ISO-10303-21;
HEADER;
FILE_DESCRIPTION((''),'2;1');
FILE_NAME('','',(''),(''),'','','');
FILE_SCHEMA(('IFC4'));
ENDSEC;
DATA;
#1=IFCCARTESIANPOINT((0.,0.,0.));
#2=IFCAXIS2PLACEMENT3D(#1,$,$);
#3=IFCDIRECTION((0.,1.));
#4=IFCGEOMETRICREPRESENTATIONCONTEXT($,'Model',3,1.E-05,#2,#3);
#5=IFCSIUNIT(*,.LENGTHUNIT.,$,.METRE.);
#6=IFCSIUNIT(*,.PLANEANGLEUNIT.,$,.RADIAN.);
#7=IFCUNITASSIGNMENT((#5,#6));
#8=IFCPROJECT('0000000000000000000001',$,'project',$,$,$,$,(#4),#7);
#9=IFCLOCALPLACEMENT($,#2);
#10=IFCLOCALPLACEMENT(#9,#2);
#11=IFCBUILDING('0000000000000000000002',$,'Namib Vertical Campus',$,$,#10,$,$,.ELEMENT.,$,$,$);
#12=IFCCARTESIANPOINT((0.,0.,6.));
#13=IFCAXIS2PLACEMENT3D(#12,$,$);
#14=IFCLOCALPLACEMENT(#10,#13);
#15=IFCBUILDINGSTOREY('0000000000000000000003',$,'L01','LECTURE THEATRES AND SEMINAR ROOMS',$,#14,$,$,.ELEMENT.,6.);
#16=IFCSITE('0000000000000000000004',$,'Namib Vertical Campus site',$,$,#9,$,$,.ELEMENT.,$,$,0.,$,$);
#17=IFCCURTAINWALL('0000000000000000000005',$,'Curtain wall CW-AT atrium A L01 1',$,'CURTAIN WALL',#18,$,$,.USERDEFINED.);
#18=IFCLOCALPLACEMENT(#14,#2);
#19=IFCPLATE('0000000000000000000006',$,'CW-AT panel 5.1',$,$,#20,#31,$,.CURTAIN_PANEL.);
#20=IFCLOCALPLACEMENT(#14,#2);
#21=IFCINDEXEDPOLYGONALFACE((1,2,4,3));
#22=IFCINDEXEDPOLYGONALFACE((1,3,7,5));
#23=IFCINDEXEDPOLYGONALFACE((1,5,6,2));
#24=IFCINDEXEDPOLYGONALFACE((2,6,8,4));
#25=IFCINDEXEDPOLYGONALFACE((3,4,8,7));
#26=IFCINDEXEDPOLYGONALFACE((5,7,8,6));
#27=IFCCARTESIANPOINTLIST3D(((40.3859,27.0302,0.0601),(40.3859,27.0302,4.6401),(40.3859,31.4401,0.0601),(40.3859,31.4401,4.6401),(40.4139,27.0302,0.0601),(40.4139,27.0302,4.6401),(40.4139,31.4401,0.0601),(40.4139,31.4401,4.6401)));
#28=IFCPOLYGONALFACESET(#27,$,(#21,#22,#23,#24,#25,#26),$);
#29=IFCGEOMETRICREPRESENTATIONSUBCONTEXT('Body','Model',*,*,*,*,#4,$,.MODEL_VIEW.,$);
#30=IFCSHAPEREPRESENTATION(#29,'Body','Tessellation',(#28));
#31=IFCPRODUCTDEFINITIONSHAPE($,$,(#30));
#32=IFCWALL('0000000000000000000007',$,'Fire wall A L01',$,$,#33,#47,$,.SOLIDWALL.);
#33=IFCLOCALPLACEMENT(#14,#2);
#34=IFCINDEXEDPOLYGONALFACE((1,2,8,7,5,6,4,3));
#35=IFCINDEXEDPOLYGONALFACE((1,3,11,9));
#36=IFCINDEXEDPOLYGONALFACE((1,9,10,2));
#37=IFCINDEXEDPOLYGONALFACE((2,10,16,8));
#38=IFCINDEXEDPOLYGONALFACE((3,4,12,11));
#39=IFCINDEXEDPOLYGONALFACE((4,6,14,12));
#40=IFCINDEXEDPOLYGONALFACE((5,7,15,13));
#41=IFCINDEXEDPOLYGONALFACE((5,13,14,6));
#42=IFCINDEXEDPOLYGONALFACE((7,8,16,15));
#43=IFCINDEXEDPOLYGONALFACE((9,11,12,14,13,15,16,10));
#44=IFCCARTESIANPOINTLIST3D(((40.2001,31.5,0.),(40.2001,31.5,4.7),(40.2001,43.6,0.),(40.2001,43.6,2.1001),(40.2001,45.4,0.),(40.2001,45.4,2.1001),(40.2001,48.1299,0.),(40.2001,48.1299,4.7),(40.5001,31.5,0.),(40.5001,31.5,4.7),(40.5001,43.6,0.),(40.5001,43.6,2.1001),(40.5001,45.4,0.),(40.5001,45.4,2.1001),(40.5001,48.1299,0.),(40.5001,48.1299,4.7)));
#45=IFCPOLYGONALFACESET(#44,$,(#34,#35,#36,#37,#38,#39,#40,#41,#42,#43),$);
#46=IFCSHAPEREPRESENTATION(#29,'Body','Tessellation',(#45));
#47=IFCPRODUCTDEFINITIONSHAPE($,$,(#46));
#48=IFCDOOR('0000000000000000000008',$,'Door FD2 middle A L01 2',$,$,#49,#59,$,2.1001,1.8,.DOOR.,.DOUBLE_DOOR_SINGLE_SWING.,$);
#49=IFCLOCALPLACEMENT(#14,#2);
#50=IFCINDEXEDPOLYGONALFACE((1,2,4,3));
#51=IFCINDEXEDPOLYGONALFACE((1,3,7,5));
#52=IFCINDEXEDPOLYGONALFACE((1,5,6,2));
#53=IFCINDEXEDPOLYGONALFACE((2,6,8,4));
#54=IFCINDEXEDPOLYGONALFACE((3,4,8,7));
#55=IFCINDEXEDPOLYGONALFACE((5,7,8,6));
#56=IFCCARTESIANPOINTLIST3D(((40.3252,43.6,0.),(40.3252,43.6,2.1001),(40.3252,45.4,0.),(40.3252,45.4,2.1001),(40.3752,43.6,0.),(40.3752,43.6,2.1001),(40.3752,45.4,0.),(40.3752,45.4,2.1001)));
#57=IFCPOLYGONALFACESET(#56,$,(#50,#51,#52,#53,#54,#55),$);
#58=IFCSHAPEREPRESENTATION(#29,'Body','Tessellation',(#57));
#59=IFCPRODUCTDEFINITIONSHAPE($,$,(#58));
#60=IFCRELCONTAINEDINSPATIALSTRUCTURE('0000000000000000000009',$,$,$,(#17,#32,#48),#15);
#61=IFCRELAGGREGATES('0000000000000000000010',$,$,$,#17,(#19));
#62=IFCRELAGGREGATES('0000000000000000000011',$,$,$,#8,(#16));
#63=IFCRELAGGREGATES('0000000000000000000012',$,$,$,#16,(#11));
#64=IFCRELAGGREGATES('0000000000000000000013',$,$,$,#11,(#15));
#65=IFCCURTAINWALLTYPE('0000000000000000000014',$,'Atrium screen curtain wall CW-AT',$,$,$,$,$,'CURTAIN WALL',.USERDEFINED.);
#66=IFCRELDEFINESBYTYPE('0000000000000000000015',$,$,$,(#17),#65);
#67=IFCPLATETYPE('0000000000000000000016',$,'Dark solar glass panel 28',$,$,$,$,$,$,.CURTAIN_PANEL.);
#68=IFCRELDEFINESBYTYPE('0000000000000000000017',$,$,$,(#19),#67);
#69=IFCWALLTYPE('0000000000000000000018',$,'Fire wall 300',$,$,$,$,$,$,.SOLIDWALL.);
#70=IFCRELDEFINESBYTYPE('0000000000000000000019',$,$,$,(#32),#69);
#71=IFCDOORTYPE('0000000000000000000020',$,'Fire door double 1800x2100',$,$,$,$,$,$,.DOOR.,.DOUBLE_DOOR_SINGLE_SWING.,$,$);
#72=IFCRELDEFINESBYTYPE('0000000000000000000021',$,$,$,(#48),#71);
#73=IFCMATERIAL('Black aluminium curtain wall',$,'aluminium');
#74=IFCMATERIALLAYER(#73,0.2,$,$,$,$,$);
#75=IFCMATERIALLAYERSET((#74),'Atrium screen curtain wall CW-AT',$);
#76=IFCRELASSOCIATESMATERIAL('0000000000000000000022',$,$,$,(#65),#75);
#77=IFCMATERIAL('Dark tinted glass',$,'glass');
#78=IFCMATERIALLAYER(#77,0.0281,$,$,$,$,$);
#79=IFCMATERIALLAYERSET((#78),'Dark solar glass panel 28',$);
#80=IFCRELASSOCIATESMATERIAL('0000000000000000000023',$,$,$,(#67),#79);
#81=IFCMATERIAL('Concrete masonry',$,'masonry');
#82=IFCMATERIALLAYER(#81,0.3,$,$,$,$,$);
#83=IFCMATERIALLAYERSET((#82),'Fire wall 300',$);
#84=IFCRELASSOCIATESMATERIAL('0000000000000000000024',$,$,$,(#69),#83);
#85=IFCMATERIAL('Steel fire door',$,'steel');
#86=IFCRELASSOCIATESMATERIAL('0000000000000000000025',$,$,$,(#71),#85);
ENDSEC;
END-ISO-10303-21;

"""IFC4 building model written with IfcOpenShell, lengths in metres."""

from ifc_helpers import new_model, si_unit, direction, frame, frame_2d, origin, origin_2d, place, context, subcontext, project, spatial, rectangle, extrude, material, layer, layer_set, type_object, element, fill, aggregate, save


model = new_model("IFC4")

# Units and contexts
model_context = context("Model", 3, precision=1e-05, world=origin(), true_north=direction((0.0, 1.0)))
body_context = subcontext(model_context, "Body", "Model", "MODEL_VIEW")
ifc_project = project(units=[si_unit("LENGTHUNIT", "METRE"), si_unit("PLANEANGLEUNIT", "RADIAN")], contexts=[model_context])

# Site, building, storey
site_placement = place(None, origin())
site = spatial("IfcSite", under=ifc_project, at=site_placement, Name="Namib Vertical Campus site", CompositionType="ELEMENT", RefElevation=0.0)
building_placement = place(site_placement, origin())
building = spatial("IfcBuilding", under=site, at=building_placement, Name="Namib Vertical Campus", CompositionType="ELEMENT")
storey_placement = place(building_placement, frame((0.0, 0.0, 6.0)))
storey = spatial("IfcBuildingStorey", under=building, at=storey_placement, Name="L01", Description="LECTURE THEATRES AND SEMINAR ROOMS", CompositionType="ELEMENT", Elevation=6.0)

# Curtain wall
ifc_material_1 = material(Name="Black aluminium curtain wall", Category="aluminium")
ifc_layer_1 = layer(ifc_material_1, 0.2)
ifc_layer_set_1 = layer_set([ifc_layer_1], Name="Atrium screen curtain wall CW-AT")
curtain_wall_type = type_object("IfcCurtainWallType", Name="Atrium screen curtain wall CW-AT", ElementType="CURTAIN WALL", PredefinedType="USERDEFINED", material=ifc_layer_set_1)
curtain_wall_placement = place(storey_placement, origin())
curtain_wall = element("IfcCurtainWall", 1, at=curtain_wall_placement, inside=storey, type_object=curtain_wall_type, Name="Curtain wall CW-AT atrium A L01 1", ObjectType="CURTAIN WALL", PredefinedType="USERDEFINED")

# Plate
ifc_material_2 = material(Name="Dark tinted glass", Category="glass")
ifc_layer_2 = layer(ifc_material_2, 0.0281)
ifc_layer_set_2 = layer_set([ifc_layer_2], Name="Dark solar glass panel 28")
plate_type = type_object("IfcPlateType", Name="Dark solar glass panel 28", PredefinedType="CURTAIN_PANEL", material=ifc_layer_set_2)
plate_1_placement = place(storey_placement, frame((40.3999, 29.2351, 0.0601), z_axis=(0.0, 0.0, 1.0), x_axis=(0.0, 1.0, 0.0)))
plate_1 = element("IfcPlate", 2, at=plate_1_placement, type_object=plate_type, Name="CW-AT panel 5.1", PredefinedType="CURTAIN_PANEL", context=body_context, shape_type="SweptSolid", body=[
    extrude(rectangle(XDim=4.4099, YDim=0.0281, at=origin_2d()), origin(), (0.0, 0.0, 1.0), 4.5801),
])
aggregate(curtain_wall, [plate_1])

# Wall, opening, door
ifc_material_3 = material(Name="Concrete masonry", Category="masonry")
ifc_layer_3 = layer(ifc_material_3, 0.3)
ifc_layer_set_3 = layer_set([ifc_layer_3], Name="Fire wall 300")
wall_type = type_object("IfcWallType", Name="Fire wall 300", PredefinedType="SOLIDWALL", material=ifc_layer_set_3)
wall_placement = place(storey_placement, frame((40.3501, 31.5, 0.0), z_axis=(0.0, 0.0, 1.0), x_axis=(0.0, 1.0, 0.0)))
wall = element("IfcWall", 3, at=wall_placement, inside=storey, type_object=wall_type, Name="Fire wall A L01", PredefinedType="SOLIDWALL", context=body_context, shape_type="SweptSolid", body=[
    extrude(rectangle(XDim=16.6299, YDim=0.3, at=frame_2d((8.3149, 0.0))), origin(), (0.0, 0.0, 1.0), 4.7),
])
opening_placement = place(wall_placement, frame((12.1001, 0.0, 0.0)))
opening = element("IfcOpeningElement", 4, at=opening_placement, cuts=wall, PredefinedType="OPENING", context=body_context, shape_type="SweptSolid", body=[
    extrude(rectangle(XDim=1.8, YDim=2.1001, at=frame_2d((0.8999, 1.05))), frame((0.0, 0.1599, 0.0), z_axis=(0.0, -1.0, 0.0), x_axis=(1.0, 0.0, 0.0)), (0.0, 0.0, 1.0), 0.3201),
])
ifc_material_4 = material(Name="Steel fire door", Category="steel")
door_type = type_object("IfcDoorType", Name="Fire door double 1800x2100", OperationType="DOUBLE_DOOR_SINGLE_SWING", PredefinedType="DOOR", material=ifc_material_4)
door_placement = place(opening_placement, origin())
door = element("IfcDoor", 5, at=door_placement, inside=storey, type_object=door_type, Name="Door FD2 middle A L01 2", OperationType="DOUBLE_DOOR_SINGLE_SWING", OverallHeight=2.1001, OverallWidth=1.8, PredefinedType="DOOR", context=body_context, shape_type="SweptSolid", body=[
    extrude(rectangle(XDim=1.8, YDim=2.1001, at=frame_2d((0.8999, 1.05))), frame((0.0, 0.0249, 0.0), z_axis=(0.0, -1.0, 0.0), x_axis=(1.0, 0.0, 0.0)), (0.0, 0.0, 1.0), 0.05),
])
fill(opening, door)

save(model, "model.ifc")
